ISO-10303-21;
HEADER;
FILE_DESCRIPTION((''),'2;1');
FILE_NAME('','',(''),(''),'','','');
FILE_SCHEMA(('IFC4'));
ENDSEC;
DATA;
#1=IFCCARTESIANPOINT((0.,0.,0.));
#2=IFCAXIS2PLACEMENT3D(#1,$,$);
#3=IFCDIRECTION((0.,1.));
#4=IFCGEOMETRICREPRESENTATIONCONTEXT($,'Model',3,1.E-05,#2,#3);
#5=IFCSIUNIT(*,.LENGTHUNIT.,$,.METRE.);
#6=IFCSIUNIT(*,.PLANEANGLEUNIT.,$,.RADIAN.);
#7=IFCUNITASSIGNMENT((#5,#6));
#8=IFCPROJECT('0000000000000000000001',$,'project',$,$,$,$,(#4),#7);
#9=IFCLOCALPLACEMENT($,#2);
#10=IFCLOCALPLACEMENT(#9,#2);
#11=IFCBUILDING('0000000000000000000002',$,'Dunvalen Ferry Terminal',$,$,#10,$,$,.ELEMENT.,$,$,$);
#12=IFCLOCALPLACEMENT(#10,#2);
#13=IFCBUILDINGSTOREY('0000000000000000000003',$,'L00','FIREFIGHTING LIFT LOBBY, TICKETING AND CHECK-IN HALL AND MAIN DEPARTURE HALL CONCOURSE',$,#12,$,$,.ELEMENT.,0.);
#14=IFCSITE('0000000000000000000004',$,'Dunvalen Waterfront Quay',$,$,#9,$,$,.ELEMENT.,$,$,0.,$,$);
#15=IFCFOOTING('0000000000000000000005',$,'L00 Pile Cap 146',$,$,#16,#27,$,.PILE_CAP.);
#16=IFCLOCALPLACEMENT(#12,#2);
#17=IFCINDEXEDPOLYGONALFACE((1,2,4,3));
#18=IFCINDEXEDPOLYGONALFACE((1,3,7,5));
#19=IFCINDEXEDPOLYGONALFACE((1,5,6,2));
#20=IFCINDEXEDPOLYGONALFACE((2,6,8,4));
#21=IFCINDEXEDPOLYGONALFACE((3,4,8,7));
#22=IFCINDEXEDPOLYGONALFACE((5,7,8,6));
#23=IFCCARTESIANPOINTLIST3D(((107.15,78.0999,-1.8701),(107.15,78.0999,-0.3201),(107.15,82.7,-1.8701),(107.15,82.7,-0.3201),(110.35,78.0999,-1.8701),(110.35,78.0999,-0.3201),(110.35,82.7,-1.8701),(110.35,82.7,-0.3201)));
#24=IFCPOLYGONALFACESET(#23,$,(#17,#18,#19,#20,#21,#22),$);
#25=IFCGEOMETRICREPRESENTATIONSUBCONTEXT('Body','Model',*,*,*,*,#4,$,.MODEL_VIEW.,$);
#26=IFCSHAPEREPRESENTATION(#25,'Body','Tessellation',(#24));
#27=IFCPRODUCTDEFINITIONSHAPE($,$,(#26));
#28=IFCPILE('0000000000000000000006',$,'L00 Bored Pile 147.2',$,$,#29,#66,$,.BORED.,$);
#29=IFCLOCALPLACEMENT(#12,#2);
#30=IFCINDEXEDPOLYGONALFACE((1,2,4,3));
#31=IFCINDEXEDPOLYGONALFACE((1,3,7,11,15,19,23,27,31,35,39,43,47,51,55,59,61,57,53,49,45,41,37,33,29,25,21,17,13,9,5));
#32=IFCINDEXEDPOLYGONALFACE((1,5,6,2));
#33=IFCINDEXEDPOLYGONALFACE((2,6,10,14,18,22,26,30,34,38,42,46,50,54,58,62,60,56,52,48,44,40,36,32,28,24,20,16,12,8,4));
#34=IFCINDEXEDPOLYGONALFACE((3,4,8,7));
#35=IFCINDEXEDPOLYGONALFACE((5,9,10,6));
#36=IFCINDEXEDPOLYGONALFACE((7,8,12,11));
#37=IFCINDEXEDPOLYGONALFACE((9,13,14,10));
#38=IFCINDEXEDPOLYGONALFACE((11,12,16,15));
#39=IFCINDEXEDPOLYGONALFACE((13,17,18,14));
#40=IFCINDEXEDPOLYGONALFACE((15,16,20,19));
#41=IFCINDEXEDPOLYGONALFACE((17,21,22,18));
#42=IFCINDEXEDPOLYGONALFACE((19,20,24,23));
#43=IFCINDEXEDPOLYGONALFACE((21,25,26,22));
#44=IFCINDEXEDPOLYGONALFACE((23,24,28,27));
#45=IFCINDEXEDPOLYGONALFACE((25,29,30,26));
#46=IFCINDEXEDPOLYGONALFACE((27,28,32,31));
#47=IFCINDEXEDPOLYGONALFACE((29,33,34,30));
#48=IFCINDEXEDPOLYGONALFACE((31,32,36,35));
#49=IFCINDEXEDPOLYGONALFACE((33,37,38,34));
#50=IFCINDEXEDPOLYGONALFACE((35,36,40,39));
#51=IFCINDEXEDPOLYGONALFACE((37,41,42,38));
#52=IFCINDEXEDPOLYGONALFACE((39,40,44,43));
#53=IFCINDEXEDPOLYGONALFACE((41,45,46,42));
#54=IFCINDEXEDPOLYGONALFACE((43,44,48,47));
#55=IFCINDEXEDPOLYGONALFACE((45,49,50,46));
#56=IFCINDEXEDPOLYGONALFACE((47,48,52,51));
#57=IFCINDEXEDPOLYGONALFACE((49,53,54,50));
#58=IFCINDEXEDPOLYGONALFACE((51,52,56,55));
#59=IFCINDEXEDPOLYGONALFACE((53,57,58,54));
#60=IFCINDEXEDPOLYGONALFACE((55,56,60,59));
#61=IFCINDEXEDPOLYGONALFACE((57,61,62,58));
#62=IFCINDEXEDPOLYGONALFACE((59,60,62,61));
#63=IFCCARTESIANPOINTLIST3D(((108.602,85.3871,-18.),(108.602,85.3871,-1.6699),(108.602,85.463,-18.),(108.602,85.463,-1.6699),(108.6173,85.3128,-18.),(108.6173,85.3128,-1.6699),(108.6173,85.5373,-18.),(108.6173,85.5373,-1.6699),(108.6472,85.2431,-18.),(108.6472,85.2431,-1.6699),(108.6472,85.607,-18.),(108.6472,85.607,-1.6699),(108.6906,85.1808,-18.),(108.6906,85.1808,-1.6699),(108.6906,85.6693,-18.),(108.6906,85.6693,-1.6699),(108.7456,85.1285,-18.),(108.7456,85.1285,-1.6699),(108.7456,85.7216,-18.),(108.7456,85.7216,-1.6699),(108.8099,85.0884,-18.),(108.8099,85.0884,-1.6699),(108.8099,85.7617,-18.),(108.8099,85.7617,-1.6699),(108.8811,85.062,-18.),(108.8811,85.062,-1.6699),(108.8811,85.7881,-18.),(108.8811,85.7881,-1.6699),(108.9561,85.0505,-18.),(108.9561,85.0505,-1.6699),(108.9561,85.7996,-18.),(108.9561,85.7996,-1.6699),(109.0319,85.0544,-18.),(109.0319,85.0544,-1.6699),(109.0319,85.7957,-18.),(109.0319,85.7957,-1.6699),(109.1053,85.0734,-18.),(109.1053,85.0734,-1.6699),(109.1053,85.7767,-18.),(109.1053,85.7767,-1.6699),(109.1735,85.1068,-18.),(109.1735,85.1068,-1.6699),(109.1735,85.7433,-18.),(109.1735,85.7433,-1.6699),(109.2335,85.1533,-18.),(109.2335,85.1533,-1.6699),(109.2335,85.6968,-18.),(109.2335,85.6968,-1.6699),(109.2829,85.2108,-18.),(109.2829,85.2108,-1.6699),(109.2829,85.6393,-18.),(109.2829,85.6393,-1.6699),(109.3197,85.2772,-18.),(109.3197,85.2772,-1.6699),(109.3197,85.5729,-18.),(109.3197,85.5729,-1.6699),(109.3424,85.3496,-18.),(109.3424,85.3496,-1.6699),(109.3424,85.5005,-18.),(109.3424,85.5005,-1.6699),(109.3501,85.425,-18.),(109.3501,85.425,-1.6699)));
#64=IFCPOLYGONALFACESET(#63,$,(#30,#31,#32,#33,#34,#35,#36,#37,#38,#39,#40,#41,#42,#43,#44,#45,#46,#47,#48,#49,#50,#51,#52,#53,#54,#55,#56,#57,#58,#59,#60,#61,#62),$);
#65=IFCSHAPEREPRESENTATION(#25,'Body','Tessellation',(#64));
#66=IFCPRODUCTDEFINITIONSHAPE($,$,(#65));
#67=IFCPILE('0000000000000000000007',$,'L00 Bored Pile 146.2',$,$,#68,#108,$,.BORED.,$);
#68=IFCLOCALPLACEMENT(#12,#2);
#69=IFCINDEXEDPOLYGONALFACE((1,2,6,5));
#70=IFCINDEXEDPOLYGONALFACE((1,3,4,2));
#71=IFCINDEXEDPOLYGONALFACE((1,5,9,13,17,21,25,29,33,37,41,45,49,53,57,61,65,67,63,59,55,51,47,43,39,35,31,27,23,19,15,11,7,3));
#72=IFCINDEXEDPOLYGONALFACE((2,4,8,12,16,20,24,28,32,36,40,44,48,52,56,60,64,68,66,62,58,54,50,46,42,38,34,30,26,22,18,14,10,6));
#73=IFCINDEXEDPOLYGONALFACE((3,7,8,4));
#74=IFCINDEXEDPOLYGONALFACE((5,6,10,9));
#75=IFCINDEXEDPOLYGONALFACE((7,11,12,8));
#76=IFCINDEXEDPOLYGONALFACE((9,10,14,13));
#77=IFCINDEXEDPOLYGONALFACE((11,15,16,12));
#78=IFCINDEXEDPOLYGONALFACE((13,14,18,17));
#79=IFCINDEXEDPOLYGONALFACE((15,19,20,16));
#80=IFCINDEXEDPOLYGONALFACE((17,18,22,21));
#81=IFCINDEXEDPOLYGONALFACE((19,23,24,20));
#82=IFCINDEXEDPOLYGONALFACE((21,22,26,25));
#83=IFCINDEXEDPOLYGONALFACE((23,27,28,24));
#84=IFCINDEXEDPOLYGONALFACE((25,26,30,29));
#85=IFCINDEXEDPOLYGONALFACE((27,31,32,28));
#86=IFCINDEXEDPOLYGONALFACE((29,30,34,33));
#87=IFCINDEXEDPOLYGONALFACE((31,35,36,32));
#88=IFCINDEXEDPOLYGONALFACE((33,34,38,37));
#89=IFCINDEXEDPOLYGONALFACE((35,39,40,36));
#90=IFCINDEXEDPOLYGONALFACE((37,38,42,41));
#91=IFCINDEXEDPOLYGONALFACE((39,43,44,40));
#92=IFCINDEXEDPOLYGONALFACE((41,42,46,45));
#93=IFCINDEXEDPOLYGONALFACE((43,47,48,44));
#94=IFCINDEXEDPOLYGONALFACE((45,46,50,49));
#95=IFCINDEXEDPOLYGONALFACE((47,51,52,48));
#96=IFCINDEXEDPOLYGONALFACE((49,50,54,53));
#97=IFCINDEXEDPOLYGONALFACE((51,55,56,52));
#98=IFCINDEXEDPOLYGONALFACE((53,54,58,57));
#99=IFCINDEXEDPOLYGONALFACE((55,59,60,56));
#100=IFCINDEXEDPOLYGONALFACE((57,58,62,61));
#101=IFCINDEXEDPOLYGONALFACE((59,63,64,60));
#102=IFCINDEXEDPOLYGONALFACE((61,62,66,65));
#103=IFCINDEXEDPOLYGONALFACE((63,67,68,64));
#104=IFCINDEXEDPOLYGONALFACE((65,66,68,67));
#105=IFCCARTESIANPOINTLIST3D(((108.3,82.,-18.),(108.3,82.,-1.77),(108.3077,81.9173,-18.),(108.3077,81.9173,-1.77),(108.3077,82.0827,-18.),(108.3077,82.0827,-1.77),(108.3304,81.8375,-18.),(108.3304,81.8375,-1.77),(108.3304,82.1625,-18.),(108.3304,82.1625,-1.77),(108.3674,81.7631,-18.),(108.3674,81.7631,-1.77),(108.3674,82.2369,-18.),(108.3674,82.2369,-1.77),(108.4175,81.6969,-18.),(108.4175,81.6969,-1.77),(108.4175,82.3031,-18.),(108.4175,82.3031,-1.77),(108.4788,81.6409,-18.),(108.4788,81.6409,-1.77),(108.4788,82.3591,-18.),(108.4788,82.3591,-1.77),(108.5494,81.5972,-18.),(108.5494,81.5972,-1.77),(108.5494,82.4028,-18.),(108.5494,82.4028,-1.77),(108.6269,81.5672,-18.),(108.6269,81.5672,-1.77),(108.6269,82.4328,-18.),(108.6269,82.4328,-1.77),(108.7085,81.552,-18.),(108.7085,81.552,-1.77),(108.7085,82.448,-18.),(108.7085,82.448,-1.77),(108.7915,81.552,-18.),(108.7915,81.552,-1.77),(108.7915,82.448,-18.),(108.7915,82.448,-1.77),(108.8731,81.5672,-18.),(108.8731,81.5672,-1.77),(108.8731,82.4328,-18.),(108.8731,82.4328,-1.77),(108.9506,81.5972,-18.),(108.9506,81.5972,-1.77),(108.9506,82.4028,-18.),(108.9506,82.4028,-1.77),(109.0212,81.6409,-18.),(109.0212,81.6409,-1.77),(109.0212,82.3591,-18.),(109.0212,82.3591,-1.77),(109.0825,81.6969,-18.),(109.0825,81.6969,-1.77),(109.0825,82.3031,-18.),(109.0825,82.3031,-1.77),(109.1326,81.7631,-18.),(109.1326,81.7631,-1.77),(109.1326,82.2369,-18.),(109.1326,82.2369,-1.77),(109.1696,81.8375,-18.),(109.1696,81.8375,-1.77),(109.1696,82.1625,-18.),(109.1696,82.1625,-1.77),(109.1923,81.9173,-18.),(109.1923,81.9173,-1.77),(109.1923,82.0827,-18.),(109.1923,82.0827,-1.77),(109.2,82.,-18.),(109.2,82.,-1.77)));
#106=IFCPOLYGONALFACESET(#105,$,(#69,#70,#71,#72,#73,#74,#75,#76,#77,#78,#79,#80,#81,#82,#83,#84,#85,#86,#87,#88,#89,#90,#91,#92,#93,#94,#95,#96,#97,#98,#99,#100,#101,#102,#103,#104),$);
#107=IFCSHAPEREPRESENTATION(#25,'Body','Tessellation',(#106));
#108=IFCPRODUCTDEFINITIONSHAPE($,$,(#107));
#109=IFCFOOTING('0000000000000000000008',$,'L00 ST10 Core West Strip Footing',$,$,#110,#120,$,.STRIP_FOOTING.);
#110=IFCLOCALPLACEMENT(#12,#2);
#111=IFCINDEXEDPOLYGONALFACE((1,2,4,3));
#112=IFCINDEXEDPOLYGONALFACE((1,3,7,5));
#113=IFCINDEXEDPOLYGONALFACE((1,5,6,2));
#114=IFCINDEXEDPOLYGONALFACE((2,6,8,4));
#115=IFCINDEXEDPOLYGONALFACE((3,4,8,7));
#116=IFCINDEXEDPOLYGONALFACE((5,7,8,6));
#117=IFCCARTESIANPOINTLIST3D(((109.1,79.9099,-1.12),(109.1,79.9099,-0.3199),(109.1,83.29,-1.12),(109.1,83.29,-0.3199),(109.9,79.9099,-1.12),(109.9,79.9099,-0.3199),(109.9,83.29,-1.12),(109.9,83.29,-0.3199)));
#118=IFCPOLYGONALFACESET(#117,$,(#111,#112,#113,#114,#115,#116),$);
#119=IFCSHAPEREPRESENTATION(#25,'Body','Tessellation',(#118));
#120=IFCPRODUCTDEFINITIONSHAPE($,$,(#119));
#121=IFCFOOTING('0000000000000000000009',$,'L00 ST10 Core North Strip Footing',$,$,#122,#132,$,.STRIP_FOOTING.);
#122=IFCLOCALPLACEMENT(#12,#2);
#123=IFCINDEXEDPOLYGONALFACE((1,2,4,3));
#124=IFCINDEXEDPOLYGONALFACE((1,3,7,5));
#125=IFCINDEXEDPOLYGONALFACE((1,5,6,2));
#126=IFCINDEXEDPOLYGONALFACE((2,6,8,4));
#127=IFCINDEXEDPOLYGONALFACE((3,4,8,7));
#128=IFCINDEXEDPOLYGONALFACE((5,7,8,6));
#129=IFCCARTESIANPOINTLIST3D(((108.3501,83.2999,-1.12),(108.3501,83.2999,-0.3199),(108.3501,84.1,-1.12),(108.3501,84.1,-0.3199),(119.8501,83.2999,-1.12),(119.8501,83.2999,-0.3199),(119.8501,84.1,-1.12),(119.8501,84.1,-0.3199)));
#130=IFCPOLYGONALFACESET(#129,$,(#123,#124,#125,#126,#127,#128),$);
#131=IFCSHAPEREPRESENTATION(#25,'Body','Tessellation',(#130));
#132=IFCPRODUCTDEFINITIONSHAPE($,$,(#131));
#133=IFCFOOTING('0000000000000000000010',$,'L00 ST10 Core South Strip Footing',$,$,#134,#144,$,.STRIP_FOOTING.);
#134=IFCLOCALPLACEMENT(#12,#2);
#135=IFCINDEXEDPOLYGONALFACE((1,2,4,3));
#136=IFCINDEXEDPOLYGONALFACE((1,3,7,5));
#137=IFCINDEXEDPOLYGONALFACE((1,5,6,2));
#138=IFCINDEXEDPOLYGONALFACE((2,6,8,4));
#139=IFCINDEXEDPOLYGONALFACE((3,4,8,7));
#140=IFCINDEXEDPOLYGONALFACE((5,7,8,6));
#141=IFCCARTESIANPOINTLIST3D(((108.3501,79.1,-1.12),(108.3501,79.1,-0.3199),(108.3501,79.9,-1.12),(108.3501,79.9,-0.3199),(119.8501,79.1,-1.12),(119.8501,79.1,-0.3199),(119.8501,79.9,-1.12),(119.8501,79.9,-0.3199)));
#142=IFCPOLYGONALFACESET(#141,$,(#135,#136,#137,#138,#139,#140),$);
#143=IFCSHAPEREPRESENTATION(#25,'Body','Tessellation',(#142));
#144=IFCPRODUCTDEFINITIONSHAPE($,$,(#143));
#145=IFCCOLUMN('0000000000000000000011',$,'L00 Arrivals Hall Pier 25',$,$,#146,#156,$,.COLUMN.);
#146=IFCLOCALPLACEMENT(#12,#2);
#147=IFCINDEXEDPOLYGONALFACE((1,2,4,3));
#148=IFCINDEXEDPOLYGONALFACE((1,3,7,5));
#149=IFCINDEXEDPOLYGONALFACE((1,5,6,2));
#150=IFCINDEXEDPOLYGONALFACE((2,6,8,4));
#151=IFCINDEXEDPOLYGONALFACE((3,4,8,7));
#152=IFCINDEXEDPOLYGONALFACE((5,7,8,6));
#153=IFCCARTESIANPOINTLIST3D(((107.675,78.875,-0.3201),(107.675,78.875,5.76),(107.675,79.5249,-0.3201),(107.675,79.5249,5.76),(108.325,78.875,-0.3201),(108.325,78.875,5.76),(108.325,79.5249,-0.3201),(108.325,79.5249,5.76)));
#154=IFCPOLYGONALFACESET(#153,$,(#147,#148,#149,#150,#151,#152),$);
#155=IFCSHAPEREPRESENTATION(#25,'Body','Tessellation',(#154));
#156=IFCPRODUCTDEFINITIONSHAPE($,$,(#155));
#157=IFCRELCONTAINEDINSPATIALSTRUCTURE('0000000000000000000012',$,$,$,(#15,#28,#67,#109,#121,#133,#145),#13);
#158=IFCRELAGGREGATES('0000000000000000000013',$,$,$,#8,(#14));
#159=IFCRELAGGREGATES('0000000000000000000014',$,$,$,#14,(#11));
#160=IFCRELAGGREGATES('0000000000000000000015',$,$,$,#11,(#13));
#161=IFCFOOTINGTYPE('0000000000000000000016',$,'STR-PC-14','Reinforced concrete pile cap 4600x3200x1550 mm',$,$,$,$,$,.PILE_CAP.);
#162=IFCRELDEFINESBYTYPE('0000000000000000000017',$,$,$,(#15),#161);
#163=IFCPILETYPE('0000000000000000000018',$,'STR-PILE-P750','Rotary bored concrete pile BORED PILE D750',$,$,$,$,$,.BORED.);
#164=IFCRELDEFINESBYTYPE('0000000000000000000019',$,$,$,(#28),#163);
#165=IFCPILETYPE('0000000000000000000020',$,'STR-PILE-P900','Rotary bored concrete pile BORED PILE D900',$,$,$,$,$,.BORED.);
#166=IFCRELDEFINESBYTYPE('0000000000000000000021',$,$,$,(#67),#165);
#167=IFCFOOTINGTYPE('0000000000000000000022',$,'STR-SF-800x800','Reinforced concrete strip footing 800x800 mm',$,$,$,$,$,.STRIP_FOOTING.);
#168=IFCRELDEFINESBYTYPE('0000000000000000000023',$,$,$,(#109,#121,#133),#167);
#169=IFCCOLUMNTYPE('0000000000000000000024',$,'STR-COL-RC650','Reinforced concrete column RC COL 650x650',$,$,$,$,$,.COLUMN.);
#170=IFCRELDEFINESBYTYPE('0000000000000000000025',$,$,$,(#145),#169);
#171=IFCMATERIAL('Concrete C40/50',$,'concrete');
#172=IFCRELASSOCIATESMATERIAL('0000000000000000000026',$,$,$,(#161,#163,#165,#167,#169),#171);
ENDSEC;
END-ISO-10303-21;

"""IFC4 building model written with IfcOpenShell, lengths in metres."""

from ifc_helpers import new_model, si_unit, direction, frame, origin, origin_2d, place, context, subcontext, project, spatial, rectangle, circle, extrude, material, material_profile, profile_set, type_object, element, save


model = new_model("IFC4")

# Units and contexts
model_context = context("Model", 3, precision=1e-05, world=origin(), true_north=direction((0.0, 1.0)))
body_context = subcontext(model_context, "Body", "Model", "MODEL_VIEW")
ifc_project = project(units=[si_unit("LENGTHUNIT", "METRE"), si_unit("PLANEANGLEUNIT", "RADIAN")], contexts=[model_context])

# Site, building, storey
site_placement = place(None, origin())
site = spatial("IfcSite", under=ifc_project, at=site_placement, Name="Dunvalen Waterfront Quay", CompositionType="ELEMENT", RefElevation=0.0)
building_placement = place(site_placement, origin())
building = spatial("IfcBuilding", under=site, at=building_placement, Name="Dunvalen Ferry Terminal", CompositionType="ELEMENT")
storey_placement = place(building_placement, origin())
storey = spatial("IfcBuildingStorey", under=building, at=storey_placement, Name="L00", Description="FIREFIGHTING LIFT LOBBY, TICKETING AND CHECK-IN HALL AND MAIN DEPARTURE HALL CONCOURSE", CompositionType="ELEMENT", Elevation=0.0)

# Footing
ifc_material_1 = material(Name="Concrete C40/50", Category="concrete")
footing_type_1 = type_object("IfcFootingType", Name="STR-PC-14", Description="Reinforced concrete pile cap 4600x3200x1550 mm", PredefinedType="PILE_CAP", material=ifc_material_1)
footing_1_placement = place(storey_placement, frame((108.75, 80.3999, -1.8701), z_axis=(0.0, 0.0, 1.0), x_axis=(0.0, 1.0, 0.0)))
element("IfcFooting", 1, at=footing_1_placement, inside=storey, type_object=footing_type_1, Name="L00 Pile Cap 146", PredefinedType="PILE_CAP", context=body_context, shape_type="SweptSolid", body=[
    extrude(rectangle(XDim=4.6001, YDim=3.2, at=origin_2d()), origin(), (0.0, 0.0, 1.0), 1.55),
])

# Piles
ifc_material_profile_1 = material_profile(ifc_material_1, circle(Radius=0.375, at=origin_2d()), Name="Concrete C40/50")
ifc_profile_set_1 = profile_set([ifc_material_profile_1], Name="Concrete C40/50")
pile_type_1 = type_object("IfcPileType", Name="STR-PILE-P750", Description="Rotary bored concrete pile BORED PILE D750", PredefinedType="BORED", material=ifc_profile_set_1)
pile_1_placement = place(storey_placement, frame((108.9751, 85.425, -1.6699), z_axis=(0.0, 0.0, -1.0), x_axis=(1.0, 0.0, 0.0)))
element("IfcPile", 2, at=pile_1_placement, inside=storey, type_object=pile_type_1, Name="L00 Bored Pile 147.2", PredefinedType="BORED", context=body_context, shape_type="SweptSolid", body=[
    extrude(circle(Radius=0.375, at=origin_2d()), origin(), (0.0, 0.0, 1.0), 16.3301),
])
ifc_material_profile_2 = material_profile(ifc_material_1, circle(Radius=0.45, at=origin_2d()), Name="Concrete C40/50")
ifc_profile_set_2 = profile_set([ifc_material_profile_2], Name="Concrete C40/50")
pile_type_2 = type_object("IfcPileType", Name="STR-PILE-P900", Description="Rotary bored concrete pile BORED PILE D900", PredefinedType="BORED", material=ifc_profile_set_2)
pile_2_placement = place(storey_placement, frame((108.75, 82.0, -1.77), z_axis=(0.0, 0.0, -1.0), x_axis=(1.0, 0.0, 0.0)))
element("IfcPile", 3, at=pile_2_placement, inside=storey, type_object=pile_type_2, Name="L00 Bored Pile 146.2", PredefinedType="BORED", context=body_context, shape_type="SweptSolid", body=[
    extrude(circle(Radius=0.45, at=origin_2d()), origin(), (0.0, 0.0, 1.0), 16.23),
])

# Footings
ifc_material_profile_3 = material_profile(ifc_material_1, rectangle(XDim=0.8, YDim=0.8, at=origin_2d()), Name="Concrete C40/50")
ifc_profile_set_3 = profile_set([ifc_material_profile_3], Name="Concrete C40/50")
footing_type_2 = type_object("IfcFootingType", Name="STR-SF-800x800", Description="Reinforced concrete strip footing 800x800 mm", PredefinedType="STRIP_FOOTING", material=ifc_profile_set_3)
footing_2_placement = place(storey_placement, frame((109.5, 79.9099, -0.72), z_axis=(0.0, 1.0, 0.0), x_axis=(-1.0, 0.0, 0.0)))
element("IfcFooting", 4, at=footing_2_placement, inside=storey, type_object=footing_type_2, Name="L00 ST10 Core West Strip Footing", PredefinedType="STRIP_FOOTING", context=body_context, shape_type="SweptSolid", body=[
    extrude(rectangle(XDim=0.8, YDim=0.8, at=origin_2d()), origin(), (0.0, 0.0, 1.0), 3.3801),
])
for number, where, z_axis, x_axis, name in (
    (5, (108.3501, 83.7, -0.72), (1.0, 0.0, 0.0), (0.0, 1.0, 0.0), "L00 ST10 Core North Strip Footing"),
    (6, (108.3501, 79.5, -0.72), (1.0, 0.0, 0.0), (0.0, 1.0, 0.0), "L00 ST10 Core South Strip Footing"),
):
    element("IfcFooting", number, at=place(storey_placement, frame(where, z_axis=z_axis, x_axis=x_axis)), inside=storey, type_object=footing_type_2, Name=name, PredefinedType="STRIP_FOOTING", context=body_context, shape_type="SweptSolid", body=[
        extrude(rectangle(XDim=0.8, YDim=0.8, at=origin_2d()), origin(), (0.0, 0.0, 1.0), 11.5),
    ])

# Column
ifc_material_profile_4 = material_profile(ifc_material_1, rectangle(XDim=0.6499, YDim=0.6499, at=origin_2d()), Name="Concrete C40/50")
ifc_profile_set_4 = profile_set([ifc_material_profile_4], Name="Concrete C40/50")
column_type = type_object("IfcColumnType", Name="STR-COL-RC650", Description="Reinforced concrete column RC COL 650x650", PredefinedType="COLUMN", material=ifc_profile_set_4)
column_placement = place(storey_placement, frame((108.0, 79.2, -0.3201), z_axis=(0.0, 0.0, 1.0), x_axis=(1.0, 0.0, 0.0)))
element("IfcColumn", 7, at=column_placement, inside=storey, type_object=column_type, Name="L00 Arrivals Hall Pier 25", PredefinedType="COLUMN", context=body_context, shape_type="SweptSolid", body=[
    extrude(rectangle(XDim=0.6499, YDim=0.6499, at=origin_2d()), origin(), (0.0, 0.0, 1.0), 6.0801),
])

save(model, "model.ifc")
